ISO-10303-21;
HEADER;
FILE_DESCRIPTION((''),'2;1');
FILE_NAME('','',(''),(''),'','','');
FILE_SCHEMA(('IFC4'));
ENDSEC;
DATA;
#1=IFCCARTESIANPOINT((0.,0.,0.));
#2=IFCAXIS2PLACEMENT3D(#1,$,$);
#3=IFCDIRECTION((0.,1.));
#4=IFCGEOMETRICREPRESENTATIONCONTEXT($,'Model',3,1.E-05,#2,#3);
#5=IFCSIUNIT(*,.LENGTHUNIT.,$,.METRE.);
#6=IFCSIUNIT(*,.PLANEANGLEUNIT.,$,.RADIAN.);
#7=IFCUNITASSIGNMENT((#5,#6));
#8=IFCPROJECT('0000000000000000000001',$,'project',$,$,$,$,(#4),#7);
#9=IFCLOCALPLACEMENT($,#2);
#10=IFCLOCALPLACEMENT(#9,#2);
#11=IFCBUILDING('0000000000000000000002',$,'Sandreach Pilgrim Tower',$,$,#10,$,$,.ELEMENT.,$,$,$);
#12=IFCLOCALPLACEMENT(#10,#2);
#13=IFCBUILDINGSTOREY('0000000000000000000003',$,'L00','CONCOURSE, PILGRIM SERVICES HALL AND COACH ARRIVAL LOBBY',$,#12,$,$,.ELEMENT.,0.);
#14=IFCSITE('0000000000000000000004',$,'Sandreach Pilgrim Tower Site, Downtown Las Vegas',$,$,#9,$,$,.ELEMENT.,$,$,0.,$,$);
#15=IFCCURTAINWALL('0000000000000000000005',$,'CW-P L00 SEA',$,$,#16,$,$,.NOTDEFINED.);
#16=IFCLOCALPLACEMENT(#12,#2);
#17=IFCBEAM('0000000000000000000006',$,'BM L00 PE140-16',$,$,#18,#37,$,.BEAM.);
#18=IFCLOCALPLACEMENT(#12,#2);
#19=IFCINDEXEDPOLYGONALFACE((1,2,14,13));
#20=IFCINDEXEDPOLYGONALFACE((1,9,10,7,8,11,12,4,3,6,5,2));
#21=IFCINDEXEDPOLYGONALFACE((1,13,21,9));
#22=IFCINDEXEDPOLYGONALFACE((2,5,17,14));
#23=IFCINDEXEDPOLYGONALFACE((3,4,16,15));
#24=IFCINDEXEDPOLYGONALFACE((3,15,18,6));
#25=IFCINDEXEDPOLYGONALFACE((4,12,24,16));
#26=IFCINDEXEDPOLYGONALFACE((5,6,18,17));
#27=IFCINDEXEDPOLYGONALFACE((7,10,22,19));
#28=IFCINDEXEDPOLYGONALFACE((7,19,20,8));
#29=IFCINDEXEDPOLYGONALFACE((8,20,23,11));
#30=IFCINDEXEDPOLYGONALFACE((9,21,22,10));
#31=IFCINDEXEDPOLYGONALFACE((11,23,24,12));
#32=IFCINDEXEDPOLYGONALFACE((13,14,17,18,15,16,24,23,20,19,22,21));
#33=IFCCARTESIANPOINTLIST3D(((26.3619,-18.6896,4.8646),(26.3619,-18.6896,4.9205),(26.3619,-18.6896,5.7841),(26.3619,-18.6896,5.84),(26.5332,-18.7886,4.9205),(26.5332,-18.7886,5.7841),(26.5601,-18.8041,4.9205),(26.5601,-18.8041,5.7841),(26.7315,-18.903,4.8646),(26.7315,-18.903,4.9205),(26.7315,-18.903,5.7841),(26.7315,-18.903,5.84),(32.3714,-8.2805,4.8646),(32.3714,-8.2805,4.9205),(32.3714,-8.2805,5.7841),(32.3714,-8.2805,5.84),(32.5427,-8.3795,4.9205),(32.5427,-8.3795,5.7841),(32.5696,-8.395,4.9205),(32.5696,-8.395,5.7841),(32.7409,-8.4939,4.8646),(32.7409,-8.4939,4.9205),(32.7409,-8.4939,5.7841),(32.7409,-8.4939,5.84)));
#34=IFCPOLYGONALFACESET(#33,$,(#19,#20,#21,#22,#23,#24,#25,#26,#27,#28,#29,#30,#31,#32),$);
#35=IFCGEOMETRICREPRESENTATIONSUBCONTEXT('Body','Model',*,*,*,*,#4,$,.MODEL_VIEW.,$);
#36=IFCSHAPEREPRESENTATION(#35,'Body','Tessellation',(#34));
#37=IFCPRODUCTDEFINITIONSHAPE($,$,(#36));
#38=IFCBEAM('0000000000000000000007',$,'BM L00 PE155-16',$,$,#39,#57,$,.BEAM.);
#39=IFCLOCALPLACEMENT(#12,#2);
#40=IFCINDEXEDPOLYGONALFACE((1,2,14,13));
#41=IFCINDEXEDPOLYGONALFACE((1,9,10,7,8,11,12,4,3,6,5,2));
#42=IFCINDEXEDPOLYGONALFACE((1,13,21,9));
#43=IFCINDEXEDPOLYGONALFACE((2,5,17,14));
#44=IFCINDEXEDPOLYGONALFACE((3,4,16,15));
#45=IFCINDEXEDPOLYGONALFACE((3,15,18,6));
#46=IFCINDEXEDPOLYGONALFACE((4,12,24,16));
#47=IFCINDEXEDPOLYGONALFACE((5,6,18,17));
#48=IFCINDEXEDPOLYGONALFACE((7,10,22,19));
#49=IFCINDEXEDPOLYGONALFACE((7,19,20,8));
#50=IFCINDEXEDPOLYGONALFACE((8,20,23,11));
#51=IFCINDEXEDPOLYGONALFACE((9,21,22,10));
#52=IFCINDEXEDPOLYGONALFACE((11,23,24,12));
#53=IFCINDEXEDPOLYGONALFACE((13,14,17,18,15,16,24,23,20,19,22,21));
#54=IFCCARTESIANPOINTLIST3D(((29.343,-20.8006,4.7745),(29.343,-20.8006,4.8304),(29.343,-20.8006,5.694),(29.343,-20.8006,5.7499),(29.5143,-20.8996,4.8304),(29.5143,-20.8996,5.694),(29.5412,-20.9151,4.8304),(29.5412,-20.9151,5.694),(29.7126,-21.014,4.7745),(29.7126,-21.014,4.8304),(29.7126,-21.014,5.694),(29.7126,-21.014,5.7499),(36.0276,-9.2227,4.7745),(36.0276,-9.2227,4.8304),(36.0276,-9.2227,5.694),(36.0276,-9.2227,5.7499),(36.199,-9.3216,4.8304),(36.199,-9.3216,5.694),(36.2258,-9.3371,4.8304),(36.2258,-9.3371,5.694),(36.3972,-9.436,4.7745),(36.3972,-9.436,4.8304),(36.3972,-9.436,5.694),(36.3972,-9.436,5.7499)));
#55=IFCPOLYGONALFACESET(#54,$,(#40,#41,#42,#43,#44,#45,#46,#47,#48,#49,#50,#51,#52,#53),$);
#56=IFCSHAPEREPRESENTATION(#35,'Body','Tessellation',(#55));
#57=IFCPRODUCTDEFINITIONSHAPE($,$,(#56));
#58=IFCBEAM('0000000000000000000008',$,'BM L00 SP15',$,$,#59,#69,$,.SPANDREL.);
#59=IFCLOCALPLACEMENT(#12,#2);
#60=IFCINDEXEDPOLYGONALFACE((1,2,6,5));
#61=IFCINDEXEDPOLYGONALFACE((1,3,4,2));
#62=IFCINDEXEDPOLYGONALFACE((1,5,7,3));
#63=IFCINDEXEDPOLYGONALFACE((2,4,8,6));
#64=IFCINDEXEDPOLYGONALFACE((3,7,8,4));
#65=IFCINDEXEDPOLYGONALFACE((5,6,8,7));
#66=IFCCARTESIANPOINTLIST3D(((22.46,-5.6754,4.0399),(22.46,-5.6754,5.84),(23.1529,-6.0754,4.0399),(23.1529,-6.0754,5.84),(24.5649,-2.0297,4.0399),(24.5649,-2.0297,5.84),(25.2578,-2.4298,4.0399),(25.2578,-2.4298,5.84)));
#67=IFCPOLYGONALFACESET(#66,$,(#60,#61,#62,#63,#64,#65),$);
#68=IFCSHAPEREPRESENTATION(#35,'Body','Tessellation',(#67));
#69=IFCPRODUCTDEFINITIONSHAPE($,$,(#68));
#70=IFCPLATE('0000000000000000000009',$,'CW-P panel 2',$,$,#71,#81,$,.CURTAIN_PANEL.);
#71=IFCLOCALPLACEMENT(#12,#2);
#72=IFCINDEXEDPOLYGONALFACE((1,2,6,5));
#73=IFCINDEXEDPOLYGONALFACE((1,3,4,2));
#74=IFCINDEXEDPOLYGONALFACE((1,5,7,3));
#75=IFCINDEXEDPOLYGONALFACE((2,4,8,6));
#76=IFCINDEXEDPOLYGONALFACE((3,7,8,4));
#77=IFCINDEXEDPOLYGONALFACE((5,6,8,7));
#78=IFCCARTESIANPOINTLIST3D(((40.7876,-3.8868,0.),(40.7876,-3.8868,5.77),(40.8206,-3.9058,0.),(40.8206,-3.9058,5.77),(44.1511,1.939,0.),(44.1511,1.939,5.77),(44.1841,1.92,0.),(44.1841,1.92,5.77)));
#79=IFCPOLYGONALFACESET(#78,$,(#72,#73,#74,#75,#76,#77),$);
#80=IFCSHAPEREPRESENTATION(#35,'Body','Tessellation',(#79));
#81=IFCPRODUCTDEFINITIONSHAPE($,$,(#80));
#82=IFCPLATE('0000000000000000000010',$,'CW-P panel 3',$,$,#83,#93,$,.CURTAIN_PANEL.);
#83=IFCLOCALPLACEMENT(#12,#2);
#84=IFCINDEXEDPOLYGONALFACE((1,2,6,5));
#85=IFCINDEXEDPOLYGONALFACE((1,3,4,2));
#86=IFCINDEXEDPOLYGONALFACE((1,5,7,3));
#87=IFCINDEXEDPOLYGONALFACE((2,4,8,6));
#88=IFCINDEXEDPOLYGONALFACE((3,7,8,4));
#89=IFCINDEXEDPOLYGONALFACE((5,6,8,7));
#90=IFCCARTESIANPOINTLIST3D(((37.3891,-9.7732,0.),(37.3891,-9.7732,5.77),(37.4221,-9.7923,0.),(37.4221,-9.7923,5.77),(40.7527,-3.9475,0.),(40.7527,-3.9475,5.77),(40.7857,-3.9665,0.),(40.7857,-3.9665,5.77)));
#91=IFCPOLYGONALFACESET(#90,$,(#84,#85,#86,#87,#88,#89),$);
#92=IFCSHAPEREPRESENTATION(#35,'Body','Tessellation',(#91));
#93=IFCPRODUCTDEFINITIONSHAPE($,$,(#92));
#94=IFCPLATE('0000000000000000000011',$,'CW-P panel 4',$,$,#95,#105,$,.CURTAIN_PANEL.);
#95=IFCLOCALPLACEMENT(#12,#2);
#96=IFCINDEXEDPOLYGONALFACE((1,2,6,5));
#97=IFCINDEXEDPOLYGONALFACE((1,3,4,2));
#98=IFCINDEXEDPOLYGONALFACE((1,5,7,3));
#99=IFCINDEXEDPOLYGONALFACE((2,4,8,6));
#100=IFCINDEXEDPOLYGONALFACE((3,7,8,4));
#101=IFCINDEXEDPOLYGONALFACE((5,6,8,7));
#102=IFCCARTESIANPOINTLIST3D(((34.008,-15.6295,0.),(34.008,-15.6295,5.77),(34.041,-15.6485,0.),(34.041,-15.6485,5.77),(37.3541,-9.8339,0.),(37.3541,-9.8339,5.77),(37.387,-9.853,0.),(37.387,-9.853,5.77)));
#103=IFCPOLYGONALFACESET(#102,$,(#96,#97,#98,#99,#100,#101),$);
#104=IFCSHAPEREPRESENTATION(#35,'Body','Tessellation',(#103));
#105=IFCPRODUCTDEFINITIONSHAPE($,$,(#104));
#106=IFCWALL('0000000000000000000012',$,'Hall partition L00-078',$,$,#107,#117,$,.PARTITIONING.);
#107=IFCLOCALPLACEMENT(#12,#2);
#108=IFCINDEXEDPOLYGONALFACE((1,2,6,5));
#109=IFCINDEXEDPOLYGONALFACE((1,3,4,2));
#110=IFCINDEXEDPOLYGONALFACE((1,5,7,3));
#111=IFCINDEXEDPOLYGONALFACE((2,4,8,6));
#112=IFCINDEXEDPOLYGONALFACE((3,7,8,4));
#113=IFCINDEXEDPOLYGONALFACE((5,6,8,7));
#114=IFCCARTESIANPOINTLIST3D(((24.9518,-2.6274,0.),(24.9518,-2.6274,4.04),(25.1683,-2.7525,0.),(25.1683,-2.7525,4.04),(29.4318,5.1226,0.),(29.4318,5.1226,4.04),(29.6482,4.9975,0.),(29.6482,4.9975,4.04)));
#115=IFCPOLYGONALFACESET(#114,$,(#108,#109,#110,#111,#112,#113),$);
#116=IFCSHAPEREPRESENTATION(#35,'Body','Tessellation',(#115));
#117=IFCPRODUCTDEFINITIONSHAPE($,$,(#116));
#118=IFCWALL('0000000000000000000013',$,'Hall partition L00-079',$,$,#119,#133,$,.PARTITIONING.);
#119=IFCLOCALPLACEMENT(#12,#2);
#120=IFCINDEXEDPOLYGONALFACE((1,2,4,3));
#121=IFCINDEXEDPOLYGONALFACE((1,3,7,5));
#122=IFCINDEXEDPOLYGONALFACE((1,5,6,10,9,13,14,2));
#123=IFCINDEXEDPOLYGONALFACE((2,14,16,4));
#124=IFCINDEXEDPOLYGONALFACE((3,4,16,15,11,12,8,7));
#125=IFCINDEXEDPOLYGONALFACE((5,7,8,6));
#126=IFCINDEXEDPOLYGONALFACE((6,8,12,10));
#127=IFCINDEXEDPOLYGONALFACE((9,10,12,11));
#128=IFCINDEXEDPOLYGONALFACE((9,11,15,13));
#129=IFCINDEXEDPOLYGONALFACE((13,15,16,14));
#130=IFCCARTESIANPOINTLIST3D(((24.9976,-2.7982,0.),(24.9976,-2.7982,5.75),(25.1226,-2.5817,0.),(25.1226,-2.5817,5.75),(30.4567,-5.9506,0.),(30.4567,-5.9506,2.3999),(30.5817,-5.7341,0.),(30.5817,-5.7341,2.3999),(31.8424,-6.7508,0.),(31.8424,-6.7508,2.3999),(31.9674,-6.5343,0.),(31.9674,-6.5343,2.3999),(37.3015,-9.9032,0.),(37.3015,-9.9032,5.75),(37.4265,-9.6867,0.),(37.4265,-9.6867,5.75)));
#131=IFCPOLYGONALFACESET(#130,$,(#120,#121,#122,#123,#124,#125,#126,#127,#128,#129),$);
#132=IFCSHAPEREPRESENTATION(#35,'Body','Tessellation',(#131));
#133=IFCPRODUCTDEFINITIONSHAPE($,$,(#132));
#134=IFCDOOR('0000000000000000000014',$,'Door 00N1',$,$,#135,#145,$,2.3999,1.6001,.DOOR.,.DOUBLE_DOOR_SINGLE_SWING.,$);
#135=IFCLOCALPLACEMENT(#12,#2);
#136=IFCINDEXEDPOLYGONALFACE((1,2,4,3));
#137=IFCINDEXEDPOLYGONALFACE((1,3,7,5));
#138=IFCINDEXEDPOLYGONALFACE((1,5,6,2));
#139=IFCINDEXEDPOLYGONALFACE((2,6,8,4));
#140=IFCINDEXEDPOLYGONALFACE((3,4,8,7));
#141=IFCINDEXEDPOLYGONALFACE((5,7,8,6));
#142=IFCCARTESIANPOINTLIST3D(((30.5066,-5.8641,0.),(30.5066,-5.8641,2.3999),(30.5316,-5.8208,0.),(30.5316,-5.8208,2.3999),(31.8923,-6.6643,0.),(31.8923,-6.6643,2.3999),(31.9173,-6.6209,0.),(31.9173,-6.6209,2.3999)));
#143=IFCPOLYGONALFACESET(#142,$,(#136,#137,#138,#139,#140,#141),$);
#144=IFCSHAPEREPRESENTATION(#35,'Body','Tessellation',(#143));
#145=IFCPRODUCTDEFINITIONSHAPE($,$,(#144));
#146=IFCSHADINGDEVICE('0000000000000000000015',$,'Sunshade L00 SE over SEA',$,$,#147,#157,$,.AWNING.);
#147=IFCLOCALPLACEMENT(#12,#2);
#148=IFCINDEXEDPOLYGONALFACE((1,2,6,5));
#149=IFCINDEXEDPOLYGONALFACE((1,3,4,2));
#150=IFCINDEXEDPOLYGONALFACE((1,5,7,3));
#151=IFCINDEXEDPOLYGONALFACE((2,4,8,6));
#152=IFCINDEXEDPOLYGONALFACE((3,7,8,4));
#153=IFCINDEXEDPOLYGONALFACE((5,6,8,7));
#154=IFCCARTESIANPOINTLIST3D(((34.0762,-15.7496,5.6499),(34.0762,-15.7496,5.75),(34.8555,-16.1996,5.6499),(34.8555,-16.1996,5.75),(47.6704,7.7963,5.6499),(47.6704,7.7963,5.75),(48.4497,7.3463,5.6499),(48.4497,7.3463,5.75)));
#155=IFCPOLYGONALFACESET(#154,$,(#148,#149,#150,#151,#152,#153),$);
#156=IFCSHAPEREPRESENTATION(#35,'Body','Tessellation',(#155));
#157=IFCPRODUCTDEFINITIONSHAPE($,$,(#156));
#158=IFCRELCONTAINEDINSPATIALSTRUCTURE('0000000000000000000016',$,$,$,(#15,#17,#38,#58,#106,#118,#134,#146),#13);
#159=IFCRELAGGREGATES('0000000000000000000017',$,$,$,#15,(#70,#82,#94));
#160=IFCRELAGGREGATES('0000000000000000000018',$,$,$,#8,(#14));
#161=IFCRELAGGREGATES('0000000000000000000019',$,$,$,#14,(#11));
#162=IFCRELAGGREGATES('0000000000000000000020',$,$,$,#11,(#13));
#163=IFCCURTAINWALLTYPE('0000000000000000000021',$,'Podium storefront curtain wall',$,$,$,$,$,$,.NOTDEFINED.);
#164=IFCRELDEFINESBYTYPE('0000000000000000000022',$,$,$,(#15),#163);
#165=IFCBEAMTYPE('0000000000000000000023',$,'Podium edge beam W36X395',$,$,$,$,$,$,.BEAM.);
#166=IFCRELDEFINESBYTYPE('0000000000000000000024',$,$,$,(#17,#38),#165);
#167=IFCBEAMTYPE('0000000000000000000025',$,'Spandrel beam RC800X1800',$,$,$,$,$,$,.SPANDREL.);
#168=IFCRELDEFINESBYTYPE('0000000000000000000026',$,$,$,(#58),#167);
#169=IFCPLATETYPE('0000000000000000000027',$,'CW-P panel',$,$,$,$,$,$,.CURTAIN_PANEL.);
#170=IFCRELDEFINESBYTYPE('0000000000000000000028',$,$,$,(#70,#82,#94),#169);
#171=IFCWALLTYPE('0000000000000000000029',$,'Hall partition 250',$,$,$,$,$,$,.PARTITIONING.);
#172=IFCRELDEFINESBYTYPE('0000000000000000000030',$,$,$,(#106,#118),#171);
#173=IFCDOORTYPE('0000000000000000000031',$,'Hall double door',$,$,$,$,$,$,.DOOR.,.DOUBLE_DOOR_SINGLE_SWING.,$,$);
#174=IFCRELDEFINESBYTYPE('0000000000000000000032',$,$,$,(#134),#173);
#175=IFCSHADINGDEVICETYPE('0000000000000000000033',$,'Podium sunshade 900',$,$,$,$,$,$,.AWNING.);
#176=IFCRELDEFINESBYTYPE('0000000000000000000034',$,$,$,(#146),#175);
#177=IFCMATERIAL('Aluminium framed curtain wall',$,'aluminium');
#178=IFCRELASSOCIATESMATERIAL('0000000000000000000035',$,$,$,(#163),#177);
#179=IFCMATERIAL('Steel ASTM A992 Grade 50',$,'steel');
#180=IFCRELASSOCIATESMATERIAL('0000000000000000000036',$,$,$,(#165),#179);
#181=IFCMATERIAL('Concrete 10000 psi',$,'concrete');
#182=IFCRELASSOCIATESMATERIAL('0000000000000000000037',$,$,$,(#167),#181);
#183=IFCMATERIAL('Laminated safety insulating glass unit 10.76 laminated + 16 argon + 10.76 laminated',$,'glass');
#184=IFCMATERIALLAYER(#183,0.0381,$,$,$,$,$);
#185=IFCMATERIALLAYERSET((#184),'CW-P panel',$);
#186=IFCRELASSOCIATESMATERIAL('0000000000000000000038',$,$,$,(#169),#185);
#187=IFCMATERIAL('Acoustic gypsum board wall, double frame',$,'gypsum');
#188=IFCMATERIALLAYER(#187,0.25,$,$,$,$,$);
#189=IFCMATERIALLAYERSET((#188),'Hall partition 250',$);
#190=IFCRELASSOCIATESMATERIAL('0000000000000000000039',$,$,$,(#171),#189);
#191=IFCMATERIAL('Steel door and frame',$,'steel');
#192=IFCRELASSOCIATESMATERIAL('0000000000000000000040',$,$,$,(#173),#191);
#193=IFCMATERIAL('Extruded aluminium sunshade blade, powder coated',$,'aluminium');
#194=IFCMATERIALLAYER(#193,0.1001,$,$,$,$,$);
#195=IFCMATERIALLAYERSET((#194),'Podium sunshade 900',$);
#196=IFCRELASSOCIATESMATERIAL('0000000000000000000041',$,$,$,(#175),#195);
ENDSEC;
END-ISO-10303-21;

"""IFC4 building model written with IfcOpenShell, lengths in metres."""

from ifc_helpers import new_model, si_unit, direction, frame, frame_2d, origin, origin_2d, place, context, subcontext, project, spatial, rectangle, i_section, extrude, material, layer, layer_set, material_profile, profile_set, type_object, element, fill, aggregate, save


model = new_model("IFC4")

# Units and contexts
model_context = context("Model", 3, precision=1e-05, world=origin(), true_north=direction((0.0, 1.0)))
body_context = subcontext(model_context, "Body", "Model", "MODEL_VIEW")
ifc_project = project(units=[si_unit("LENGTHUNIT", "METRE"), si_unit("PLANEANGLEUNIT", "RADIAN")], contexts=[model_context])

# Site, building, storey
site_placement = place(None, origin())
site = spatial("IfcSite", under=ifc_project, at=site_placement, Name="Sandreach Pilgrim Tower Site, Downtown Las Vegas", CompositionType="ELEMENT", RefElevation=0.0)
building_placement = place(site_placement, origin())
building = spatial("IfcBuilding", under=site, at=building_placement, Name="Sandreach Pilgrim Tower", CompositionType="ELEMENT")
storey_placement = place(building_placement, origin())
storey = spatial("IfcBuildingStorey", under=building, at=storey_placement, Name="L00", Description="CONCOURSE, PILGRIM SERVICES HALL AND COACH ARRIVAL LOBBY", CompositionType="ELEMENT", Elevation=0.0)

# Curtain wall
ifc_material_1 = material(Name="Aluminium framed curtain wall", Category="aluminium")
curtain_wall_type = type_object("IfcCurtainWallType", Name="Podium storefront curtain wall", PredefinedType="NOTDEFINED", material=ifc_material_1)
curtain_wall_placement = place(storey_placement, origin())
curtain_wall = element("IfcCurtainWall", 1, at=curtain_wall_placement, inside=storey, type_object=curtain_wall_type, Name="CW-P L00 SEA", PredefinedType="NOTDEFINED")

# Beams
ifc_material_2 = material(Name="Steel ASTM A992 Grade 50", Category="steel")
ifc_material_profile_1 = material_profile(ifc_material_2, i_section(OverallWidth=0.4268, OverallDepth=0.9753, WebThickness=0.031, FlangeThickness=0.0559, at=origin_2d()), Name="W36X395")
ifc_profile_set_1 = profile_set([ifc_material_profile_1], Name="Steel ASTM A992 Grade 50")
beam_type_1 = type_object("IfcBeamType", Name="Podium edge beam W36X395", PredefinedType="BEAM", material=ifc_profile_set_1)
beam_1_placement = place(storey_placement, frame((32.5562, -8.3872, 5.3523), z_axis=(-0.499986, -0.866033, 0.0), x_axis=(0.866033, -0.499986, 0.0)))
element("IfcBeam", 2, at=beam_1_placement, inside=storey, type_object=beam_type_1, Name="BM L00 PE140-16", PredefinedType="BEAM", context=body_context, shape_type="SweptSolid", body=[
    extrude(i_section(OverallWidth=0.4268, OverallDepth=0.9753, WebThickness=0.031, FlangeThickness=0.0559, at=origin_2d()), origin(), (0.0, 0.0, 1.0), 12.0193),
])
beam_2_placement = place(storey_placement, frame((36.2124, -9.3293, 5.2622), z_axis=(-0.500004, -0.866023, 0.0), x_axis=(0.866023, -0.500004, 0.0)))
element("IfcBeam", 3, at=beam_2_placement, inside=storey, type_object=beam_type_1, Name="BM L00 PE155-16", PredefinedType="BEAM", context=body_context, shape_type="SweptSolid", body=[
    extrude(i_section(OverallWidth=0.4268, OverallDepth=0.9753, WebThickness=0.031, FlangeThickness=0.0559, at=origin_2d()), origin(), (0.0, 0.0, 1.0), 13.3691),
])
ifc_material_3 = material(Name="Concrete 10000 psi", Category="concrete")
ifc_material_profile_2 = material_profile(ifc_material_3, rectangle(XDim=0.8, YDim=1.8, at=origin_2d()), Name="RC800X1800")
ifc_profile_set_2 = profile_set([ifc_material_profile_2], Name="Concrete 10000 psi")
beam_type_2 = type_object("IfcBeamType", Name="Spandrel beam RC800X1800", PredefinedType="SPANDREL", material=ifc_profile_set_2)
beam_3_placement = place(storey_placement, frame((24.9114, -2.2297, 4.9399), z_axis=(-0.500019, -0.866015, 0.0), x_axis=(0.866015, -0.500019, 0.0)))
element("IfcBeam", 4, at=beam_3_placement, inside=storey, type_object=beam_type_2, Name="BM L00 SP15", PredefinedType="SPANDREL", context=body_context, shape_type="SweptSolid", body=[
    extrude(rectangle(XDim=0.8, YDim=1.8, at=origin_2d()), origin(), (0.0, 0.0, 1.0), 4.2097),
])

# Plates
ifc_material_4 = material(Name="Laminated safety insulating glass unit 10.76 laminated + 16 argon + 10.76 laminated", Category="glass")
ifc_layer_1 = layer(ifc_material_4, 0.0381)
ifc_layer_set_1 = layer_set([ifc_layer_1], Name="CW-P panel")
plate_type = type_object("IfcPlateType", Name="CW-P panel", PredefinedType="CURTAIN_PANEL", material=ifc_layer_set_1)
plate_1_placement = place(storey_placement, frame((42.4858, -0.9834, 0.0), z_axis=(0.0, 0.0, 1.0), x_axis=(-0.5, -0.866025, 0.0)))
plate_1 = element("IfcPlate", 5, at=plate_1_placement, type_object=plate_type, Name="CW-P panel 2", PredefinedType="CURTAIN_PANEL", context=body_context, shape_type="SweptSolid", body=[
    extrude(rectangle(XDim=6.7271, YDim=0.0381, at=origin_2d()), origin(), (0.0, 0.0, 1.0), 5.77),
])
plate_2_placement = place(storey_placement, frame((39.0874, -6.8699, 0.0), z_axis=(0.0, 0.0, 1.0), x_axis=(-0.5, -0.866025, 0.0)))
plate_2 = element("IfcPlate", 6, at=plate_2_placement, type_object=plate_type, Name="CW-P panel 3", PredefinedType="CURTAIN_PANEL", context=body_context, shape_type="SweptSolid", body=[
    extrude(rectangle(XDim=6.7271, YDim=0.0381, at=origin_2d()), origin(), (0.0, 0.0, 1.0), 5.77),
])
plate_3_placement = place(storey_placement, frame((35.6975, -12.7412, 0.0), z_axis=(0.0, 0.0, 1.0), x_axis=(-0.5, -0.866025, 0.0)))
plate_3 = element("IfcPlate", 7, at=plate_3_placement, type_object=plate_type, Name="CW-P panel 4", PredefinedType="CURTAIN_PANEL", context=body_context, shape_type="SweptSolid", body=[
    extrude(rectangle(XDim=6.6921, YDim=0.0381, at=origin_2d()), origin(), (0.0, 0.0, 1.0), 5.77),
])
aggregate(curtain_wall, [plate_1, plate_2, plate_3])

# Wall
ifc_material_5 = material(Name="Acoustic gypsum board wall, double frame", Category="gypsum")
ifc_layer_2 = layer(ifc_material_5, 0.25)
ifc_layer_set_2 = layer_set([ifc_layer_2], Name="Hall partition 250")
wall_type_1 = type_object("IfcWallType", Name="Hall partition 250", PredefinedType="PARTITIONING", material=ifc_layer_set_2)
wall_1_placement = place(storey_placement, frame((25.0601, -2.6899, 0.0), z_axis=(0.0, 0.0, 1.0), x_axis=(0.500462, 0.865758, 0.0)))
element("IfcWall", 8, at=wall_1_placement, inside=storey, type_object=wall_type_1, Name="Hall partition L00-078", PredefinedType="PARTITIONING", context=body_context, shape_type="SweptSolid", body=[
    extrude(rectangle(XDim=8.9517, YDim=0.25, at=frame_2d((4.4758, 0.0))), origin(), (0.0, 0.0, 1.0), 4.04),
])

# Wall, opening, door
wall_2_placement = place(storey_placement, frame((25.0601, -2.6899, 0.0), z_axis=(0.0, 0.0, 1.0), x_axis=(0.865986, -0.500068, 0.0)))
wall_2 = element("IfcWall", 9, at=wall_2_placement, inside=storey, type_object=wall_type_1, Name="Hall partition L00-079", PredefinedType="PARTITIONING", context=body_context, shape_type="SweptSolid", body=[
    extrude(rectangle(XDim=14.208, YDim=0.25, at=frame_2d((7.104, 0.0))), origin(), (0.0, 0.0, 1.0), 5.75),
])
opening_1_placement = place(wall_2_placement, frame((6.304, 0.0, 0.0)))
opening_1 = element("IfcOpeningElement", 10, at=opening_1_placement, cuts=wall_2, PredefinedType="OPENING", context=body_context, shape_type="SweptSolid", body=[
    extrude(rectangle(XDim=1.6001, YDim=2.3999, at=frame_2d((0.8, 1.2))), frame((0.0, 0.125, 0.0), z_axis=(0.0, -1.0, 0.0), x_axis=(1.0, 0.0, 0.0)), (0.0, 0.0, 1.0), 0.25),
])
ifc_material_6 = material(Name="Steel door and frame", Category="steel")
door_type_1 = type_object("IfcDoorType", Name="Hall double door", OperationType="DOUBLE_DOOR_SINGLE_SWING", PredefinedType="DOOR", material=ifc_material_6)
door_1_placement = place(opening_1_placement, origin())
door_1 = element("IfcDoor", 11, at=door_1_placement, inside=storey, type_object=door_type_1, Name="Door 00N1", OperationType="DOUBLE_DOOR_SINGLE_SWING", OverallHeight=2.3999, OverallWidth=1.6001, PredefinedType="DOOR", context=body_context, shape_type="SweptSolid", body=[
    extrude(rectangle(XDim=1.6001, YDim=2.3999, at=frame_2d((0.8, 1.2))), frame((0.0, 0.0249, 0.0), z_axis=(0.0, -1.0, 0.0), x_axis=(1.0, 0.0, 0.0)), (0.0, 0.0, 1.0), 0.05),
])
fill(opening_1, door_1)

# Shading device
ifc_material_7 = material(Name="Extruded aluminium sunshade blade, powder coated", Category="aluminium")
ifc_layer_3 = layer(ifc_material_7, 0.1001)
ifc_layer_set_3 = layer_set([ifc_layer_3], Name="Podium sunshade 900")
shading_device_type = type_object("IfcShadingDeviceType", Name="Podium sunshade 900", PredefinedType="AWNING", material=ifc_layer_set_3)
shading_device_placement = place(storey_placement, frame((41.2629, -4.2017, 5.6499), z_axis=(0.0, 0.0, 1.0), x_axis=(-0.5, -0.866025, 0.0)))
element("IfcShadingDevice", 12, at=shading_device_placement, inside=storey, type_object=shading_device_type, Name="Sunshade L00 SE over SEA", PredefinedType="AWNING", context=body_context, shape_type="SweptSolid", body=[
    extrude(rectangle(XDim=27.1885, YDim=0.8999, at=origin_2d()), origin(), (0.0, 0.0, 1.0), 0.1001),
])

save(model, "model.ifc")
